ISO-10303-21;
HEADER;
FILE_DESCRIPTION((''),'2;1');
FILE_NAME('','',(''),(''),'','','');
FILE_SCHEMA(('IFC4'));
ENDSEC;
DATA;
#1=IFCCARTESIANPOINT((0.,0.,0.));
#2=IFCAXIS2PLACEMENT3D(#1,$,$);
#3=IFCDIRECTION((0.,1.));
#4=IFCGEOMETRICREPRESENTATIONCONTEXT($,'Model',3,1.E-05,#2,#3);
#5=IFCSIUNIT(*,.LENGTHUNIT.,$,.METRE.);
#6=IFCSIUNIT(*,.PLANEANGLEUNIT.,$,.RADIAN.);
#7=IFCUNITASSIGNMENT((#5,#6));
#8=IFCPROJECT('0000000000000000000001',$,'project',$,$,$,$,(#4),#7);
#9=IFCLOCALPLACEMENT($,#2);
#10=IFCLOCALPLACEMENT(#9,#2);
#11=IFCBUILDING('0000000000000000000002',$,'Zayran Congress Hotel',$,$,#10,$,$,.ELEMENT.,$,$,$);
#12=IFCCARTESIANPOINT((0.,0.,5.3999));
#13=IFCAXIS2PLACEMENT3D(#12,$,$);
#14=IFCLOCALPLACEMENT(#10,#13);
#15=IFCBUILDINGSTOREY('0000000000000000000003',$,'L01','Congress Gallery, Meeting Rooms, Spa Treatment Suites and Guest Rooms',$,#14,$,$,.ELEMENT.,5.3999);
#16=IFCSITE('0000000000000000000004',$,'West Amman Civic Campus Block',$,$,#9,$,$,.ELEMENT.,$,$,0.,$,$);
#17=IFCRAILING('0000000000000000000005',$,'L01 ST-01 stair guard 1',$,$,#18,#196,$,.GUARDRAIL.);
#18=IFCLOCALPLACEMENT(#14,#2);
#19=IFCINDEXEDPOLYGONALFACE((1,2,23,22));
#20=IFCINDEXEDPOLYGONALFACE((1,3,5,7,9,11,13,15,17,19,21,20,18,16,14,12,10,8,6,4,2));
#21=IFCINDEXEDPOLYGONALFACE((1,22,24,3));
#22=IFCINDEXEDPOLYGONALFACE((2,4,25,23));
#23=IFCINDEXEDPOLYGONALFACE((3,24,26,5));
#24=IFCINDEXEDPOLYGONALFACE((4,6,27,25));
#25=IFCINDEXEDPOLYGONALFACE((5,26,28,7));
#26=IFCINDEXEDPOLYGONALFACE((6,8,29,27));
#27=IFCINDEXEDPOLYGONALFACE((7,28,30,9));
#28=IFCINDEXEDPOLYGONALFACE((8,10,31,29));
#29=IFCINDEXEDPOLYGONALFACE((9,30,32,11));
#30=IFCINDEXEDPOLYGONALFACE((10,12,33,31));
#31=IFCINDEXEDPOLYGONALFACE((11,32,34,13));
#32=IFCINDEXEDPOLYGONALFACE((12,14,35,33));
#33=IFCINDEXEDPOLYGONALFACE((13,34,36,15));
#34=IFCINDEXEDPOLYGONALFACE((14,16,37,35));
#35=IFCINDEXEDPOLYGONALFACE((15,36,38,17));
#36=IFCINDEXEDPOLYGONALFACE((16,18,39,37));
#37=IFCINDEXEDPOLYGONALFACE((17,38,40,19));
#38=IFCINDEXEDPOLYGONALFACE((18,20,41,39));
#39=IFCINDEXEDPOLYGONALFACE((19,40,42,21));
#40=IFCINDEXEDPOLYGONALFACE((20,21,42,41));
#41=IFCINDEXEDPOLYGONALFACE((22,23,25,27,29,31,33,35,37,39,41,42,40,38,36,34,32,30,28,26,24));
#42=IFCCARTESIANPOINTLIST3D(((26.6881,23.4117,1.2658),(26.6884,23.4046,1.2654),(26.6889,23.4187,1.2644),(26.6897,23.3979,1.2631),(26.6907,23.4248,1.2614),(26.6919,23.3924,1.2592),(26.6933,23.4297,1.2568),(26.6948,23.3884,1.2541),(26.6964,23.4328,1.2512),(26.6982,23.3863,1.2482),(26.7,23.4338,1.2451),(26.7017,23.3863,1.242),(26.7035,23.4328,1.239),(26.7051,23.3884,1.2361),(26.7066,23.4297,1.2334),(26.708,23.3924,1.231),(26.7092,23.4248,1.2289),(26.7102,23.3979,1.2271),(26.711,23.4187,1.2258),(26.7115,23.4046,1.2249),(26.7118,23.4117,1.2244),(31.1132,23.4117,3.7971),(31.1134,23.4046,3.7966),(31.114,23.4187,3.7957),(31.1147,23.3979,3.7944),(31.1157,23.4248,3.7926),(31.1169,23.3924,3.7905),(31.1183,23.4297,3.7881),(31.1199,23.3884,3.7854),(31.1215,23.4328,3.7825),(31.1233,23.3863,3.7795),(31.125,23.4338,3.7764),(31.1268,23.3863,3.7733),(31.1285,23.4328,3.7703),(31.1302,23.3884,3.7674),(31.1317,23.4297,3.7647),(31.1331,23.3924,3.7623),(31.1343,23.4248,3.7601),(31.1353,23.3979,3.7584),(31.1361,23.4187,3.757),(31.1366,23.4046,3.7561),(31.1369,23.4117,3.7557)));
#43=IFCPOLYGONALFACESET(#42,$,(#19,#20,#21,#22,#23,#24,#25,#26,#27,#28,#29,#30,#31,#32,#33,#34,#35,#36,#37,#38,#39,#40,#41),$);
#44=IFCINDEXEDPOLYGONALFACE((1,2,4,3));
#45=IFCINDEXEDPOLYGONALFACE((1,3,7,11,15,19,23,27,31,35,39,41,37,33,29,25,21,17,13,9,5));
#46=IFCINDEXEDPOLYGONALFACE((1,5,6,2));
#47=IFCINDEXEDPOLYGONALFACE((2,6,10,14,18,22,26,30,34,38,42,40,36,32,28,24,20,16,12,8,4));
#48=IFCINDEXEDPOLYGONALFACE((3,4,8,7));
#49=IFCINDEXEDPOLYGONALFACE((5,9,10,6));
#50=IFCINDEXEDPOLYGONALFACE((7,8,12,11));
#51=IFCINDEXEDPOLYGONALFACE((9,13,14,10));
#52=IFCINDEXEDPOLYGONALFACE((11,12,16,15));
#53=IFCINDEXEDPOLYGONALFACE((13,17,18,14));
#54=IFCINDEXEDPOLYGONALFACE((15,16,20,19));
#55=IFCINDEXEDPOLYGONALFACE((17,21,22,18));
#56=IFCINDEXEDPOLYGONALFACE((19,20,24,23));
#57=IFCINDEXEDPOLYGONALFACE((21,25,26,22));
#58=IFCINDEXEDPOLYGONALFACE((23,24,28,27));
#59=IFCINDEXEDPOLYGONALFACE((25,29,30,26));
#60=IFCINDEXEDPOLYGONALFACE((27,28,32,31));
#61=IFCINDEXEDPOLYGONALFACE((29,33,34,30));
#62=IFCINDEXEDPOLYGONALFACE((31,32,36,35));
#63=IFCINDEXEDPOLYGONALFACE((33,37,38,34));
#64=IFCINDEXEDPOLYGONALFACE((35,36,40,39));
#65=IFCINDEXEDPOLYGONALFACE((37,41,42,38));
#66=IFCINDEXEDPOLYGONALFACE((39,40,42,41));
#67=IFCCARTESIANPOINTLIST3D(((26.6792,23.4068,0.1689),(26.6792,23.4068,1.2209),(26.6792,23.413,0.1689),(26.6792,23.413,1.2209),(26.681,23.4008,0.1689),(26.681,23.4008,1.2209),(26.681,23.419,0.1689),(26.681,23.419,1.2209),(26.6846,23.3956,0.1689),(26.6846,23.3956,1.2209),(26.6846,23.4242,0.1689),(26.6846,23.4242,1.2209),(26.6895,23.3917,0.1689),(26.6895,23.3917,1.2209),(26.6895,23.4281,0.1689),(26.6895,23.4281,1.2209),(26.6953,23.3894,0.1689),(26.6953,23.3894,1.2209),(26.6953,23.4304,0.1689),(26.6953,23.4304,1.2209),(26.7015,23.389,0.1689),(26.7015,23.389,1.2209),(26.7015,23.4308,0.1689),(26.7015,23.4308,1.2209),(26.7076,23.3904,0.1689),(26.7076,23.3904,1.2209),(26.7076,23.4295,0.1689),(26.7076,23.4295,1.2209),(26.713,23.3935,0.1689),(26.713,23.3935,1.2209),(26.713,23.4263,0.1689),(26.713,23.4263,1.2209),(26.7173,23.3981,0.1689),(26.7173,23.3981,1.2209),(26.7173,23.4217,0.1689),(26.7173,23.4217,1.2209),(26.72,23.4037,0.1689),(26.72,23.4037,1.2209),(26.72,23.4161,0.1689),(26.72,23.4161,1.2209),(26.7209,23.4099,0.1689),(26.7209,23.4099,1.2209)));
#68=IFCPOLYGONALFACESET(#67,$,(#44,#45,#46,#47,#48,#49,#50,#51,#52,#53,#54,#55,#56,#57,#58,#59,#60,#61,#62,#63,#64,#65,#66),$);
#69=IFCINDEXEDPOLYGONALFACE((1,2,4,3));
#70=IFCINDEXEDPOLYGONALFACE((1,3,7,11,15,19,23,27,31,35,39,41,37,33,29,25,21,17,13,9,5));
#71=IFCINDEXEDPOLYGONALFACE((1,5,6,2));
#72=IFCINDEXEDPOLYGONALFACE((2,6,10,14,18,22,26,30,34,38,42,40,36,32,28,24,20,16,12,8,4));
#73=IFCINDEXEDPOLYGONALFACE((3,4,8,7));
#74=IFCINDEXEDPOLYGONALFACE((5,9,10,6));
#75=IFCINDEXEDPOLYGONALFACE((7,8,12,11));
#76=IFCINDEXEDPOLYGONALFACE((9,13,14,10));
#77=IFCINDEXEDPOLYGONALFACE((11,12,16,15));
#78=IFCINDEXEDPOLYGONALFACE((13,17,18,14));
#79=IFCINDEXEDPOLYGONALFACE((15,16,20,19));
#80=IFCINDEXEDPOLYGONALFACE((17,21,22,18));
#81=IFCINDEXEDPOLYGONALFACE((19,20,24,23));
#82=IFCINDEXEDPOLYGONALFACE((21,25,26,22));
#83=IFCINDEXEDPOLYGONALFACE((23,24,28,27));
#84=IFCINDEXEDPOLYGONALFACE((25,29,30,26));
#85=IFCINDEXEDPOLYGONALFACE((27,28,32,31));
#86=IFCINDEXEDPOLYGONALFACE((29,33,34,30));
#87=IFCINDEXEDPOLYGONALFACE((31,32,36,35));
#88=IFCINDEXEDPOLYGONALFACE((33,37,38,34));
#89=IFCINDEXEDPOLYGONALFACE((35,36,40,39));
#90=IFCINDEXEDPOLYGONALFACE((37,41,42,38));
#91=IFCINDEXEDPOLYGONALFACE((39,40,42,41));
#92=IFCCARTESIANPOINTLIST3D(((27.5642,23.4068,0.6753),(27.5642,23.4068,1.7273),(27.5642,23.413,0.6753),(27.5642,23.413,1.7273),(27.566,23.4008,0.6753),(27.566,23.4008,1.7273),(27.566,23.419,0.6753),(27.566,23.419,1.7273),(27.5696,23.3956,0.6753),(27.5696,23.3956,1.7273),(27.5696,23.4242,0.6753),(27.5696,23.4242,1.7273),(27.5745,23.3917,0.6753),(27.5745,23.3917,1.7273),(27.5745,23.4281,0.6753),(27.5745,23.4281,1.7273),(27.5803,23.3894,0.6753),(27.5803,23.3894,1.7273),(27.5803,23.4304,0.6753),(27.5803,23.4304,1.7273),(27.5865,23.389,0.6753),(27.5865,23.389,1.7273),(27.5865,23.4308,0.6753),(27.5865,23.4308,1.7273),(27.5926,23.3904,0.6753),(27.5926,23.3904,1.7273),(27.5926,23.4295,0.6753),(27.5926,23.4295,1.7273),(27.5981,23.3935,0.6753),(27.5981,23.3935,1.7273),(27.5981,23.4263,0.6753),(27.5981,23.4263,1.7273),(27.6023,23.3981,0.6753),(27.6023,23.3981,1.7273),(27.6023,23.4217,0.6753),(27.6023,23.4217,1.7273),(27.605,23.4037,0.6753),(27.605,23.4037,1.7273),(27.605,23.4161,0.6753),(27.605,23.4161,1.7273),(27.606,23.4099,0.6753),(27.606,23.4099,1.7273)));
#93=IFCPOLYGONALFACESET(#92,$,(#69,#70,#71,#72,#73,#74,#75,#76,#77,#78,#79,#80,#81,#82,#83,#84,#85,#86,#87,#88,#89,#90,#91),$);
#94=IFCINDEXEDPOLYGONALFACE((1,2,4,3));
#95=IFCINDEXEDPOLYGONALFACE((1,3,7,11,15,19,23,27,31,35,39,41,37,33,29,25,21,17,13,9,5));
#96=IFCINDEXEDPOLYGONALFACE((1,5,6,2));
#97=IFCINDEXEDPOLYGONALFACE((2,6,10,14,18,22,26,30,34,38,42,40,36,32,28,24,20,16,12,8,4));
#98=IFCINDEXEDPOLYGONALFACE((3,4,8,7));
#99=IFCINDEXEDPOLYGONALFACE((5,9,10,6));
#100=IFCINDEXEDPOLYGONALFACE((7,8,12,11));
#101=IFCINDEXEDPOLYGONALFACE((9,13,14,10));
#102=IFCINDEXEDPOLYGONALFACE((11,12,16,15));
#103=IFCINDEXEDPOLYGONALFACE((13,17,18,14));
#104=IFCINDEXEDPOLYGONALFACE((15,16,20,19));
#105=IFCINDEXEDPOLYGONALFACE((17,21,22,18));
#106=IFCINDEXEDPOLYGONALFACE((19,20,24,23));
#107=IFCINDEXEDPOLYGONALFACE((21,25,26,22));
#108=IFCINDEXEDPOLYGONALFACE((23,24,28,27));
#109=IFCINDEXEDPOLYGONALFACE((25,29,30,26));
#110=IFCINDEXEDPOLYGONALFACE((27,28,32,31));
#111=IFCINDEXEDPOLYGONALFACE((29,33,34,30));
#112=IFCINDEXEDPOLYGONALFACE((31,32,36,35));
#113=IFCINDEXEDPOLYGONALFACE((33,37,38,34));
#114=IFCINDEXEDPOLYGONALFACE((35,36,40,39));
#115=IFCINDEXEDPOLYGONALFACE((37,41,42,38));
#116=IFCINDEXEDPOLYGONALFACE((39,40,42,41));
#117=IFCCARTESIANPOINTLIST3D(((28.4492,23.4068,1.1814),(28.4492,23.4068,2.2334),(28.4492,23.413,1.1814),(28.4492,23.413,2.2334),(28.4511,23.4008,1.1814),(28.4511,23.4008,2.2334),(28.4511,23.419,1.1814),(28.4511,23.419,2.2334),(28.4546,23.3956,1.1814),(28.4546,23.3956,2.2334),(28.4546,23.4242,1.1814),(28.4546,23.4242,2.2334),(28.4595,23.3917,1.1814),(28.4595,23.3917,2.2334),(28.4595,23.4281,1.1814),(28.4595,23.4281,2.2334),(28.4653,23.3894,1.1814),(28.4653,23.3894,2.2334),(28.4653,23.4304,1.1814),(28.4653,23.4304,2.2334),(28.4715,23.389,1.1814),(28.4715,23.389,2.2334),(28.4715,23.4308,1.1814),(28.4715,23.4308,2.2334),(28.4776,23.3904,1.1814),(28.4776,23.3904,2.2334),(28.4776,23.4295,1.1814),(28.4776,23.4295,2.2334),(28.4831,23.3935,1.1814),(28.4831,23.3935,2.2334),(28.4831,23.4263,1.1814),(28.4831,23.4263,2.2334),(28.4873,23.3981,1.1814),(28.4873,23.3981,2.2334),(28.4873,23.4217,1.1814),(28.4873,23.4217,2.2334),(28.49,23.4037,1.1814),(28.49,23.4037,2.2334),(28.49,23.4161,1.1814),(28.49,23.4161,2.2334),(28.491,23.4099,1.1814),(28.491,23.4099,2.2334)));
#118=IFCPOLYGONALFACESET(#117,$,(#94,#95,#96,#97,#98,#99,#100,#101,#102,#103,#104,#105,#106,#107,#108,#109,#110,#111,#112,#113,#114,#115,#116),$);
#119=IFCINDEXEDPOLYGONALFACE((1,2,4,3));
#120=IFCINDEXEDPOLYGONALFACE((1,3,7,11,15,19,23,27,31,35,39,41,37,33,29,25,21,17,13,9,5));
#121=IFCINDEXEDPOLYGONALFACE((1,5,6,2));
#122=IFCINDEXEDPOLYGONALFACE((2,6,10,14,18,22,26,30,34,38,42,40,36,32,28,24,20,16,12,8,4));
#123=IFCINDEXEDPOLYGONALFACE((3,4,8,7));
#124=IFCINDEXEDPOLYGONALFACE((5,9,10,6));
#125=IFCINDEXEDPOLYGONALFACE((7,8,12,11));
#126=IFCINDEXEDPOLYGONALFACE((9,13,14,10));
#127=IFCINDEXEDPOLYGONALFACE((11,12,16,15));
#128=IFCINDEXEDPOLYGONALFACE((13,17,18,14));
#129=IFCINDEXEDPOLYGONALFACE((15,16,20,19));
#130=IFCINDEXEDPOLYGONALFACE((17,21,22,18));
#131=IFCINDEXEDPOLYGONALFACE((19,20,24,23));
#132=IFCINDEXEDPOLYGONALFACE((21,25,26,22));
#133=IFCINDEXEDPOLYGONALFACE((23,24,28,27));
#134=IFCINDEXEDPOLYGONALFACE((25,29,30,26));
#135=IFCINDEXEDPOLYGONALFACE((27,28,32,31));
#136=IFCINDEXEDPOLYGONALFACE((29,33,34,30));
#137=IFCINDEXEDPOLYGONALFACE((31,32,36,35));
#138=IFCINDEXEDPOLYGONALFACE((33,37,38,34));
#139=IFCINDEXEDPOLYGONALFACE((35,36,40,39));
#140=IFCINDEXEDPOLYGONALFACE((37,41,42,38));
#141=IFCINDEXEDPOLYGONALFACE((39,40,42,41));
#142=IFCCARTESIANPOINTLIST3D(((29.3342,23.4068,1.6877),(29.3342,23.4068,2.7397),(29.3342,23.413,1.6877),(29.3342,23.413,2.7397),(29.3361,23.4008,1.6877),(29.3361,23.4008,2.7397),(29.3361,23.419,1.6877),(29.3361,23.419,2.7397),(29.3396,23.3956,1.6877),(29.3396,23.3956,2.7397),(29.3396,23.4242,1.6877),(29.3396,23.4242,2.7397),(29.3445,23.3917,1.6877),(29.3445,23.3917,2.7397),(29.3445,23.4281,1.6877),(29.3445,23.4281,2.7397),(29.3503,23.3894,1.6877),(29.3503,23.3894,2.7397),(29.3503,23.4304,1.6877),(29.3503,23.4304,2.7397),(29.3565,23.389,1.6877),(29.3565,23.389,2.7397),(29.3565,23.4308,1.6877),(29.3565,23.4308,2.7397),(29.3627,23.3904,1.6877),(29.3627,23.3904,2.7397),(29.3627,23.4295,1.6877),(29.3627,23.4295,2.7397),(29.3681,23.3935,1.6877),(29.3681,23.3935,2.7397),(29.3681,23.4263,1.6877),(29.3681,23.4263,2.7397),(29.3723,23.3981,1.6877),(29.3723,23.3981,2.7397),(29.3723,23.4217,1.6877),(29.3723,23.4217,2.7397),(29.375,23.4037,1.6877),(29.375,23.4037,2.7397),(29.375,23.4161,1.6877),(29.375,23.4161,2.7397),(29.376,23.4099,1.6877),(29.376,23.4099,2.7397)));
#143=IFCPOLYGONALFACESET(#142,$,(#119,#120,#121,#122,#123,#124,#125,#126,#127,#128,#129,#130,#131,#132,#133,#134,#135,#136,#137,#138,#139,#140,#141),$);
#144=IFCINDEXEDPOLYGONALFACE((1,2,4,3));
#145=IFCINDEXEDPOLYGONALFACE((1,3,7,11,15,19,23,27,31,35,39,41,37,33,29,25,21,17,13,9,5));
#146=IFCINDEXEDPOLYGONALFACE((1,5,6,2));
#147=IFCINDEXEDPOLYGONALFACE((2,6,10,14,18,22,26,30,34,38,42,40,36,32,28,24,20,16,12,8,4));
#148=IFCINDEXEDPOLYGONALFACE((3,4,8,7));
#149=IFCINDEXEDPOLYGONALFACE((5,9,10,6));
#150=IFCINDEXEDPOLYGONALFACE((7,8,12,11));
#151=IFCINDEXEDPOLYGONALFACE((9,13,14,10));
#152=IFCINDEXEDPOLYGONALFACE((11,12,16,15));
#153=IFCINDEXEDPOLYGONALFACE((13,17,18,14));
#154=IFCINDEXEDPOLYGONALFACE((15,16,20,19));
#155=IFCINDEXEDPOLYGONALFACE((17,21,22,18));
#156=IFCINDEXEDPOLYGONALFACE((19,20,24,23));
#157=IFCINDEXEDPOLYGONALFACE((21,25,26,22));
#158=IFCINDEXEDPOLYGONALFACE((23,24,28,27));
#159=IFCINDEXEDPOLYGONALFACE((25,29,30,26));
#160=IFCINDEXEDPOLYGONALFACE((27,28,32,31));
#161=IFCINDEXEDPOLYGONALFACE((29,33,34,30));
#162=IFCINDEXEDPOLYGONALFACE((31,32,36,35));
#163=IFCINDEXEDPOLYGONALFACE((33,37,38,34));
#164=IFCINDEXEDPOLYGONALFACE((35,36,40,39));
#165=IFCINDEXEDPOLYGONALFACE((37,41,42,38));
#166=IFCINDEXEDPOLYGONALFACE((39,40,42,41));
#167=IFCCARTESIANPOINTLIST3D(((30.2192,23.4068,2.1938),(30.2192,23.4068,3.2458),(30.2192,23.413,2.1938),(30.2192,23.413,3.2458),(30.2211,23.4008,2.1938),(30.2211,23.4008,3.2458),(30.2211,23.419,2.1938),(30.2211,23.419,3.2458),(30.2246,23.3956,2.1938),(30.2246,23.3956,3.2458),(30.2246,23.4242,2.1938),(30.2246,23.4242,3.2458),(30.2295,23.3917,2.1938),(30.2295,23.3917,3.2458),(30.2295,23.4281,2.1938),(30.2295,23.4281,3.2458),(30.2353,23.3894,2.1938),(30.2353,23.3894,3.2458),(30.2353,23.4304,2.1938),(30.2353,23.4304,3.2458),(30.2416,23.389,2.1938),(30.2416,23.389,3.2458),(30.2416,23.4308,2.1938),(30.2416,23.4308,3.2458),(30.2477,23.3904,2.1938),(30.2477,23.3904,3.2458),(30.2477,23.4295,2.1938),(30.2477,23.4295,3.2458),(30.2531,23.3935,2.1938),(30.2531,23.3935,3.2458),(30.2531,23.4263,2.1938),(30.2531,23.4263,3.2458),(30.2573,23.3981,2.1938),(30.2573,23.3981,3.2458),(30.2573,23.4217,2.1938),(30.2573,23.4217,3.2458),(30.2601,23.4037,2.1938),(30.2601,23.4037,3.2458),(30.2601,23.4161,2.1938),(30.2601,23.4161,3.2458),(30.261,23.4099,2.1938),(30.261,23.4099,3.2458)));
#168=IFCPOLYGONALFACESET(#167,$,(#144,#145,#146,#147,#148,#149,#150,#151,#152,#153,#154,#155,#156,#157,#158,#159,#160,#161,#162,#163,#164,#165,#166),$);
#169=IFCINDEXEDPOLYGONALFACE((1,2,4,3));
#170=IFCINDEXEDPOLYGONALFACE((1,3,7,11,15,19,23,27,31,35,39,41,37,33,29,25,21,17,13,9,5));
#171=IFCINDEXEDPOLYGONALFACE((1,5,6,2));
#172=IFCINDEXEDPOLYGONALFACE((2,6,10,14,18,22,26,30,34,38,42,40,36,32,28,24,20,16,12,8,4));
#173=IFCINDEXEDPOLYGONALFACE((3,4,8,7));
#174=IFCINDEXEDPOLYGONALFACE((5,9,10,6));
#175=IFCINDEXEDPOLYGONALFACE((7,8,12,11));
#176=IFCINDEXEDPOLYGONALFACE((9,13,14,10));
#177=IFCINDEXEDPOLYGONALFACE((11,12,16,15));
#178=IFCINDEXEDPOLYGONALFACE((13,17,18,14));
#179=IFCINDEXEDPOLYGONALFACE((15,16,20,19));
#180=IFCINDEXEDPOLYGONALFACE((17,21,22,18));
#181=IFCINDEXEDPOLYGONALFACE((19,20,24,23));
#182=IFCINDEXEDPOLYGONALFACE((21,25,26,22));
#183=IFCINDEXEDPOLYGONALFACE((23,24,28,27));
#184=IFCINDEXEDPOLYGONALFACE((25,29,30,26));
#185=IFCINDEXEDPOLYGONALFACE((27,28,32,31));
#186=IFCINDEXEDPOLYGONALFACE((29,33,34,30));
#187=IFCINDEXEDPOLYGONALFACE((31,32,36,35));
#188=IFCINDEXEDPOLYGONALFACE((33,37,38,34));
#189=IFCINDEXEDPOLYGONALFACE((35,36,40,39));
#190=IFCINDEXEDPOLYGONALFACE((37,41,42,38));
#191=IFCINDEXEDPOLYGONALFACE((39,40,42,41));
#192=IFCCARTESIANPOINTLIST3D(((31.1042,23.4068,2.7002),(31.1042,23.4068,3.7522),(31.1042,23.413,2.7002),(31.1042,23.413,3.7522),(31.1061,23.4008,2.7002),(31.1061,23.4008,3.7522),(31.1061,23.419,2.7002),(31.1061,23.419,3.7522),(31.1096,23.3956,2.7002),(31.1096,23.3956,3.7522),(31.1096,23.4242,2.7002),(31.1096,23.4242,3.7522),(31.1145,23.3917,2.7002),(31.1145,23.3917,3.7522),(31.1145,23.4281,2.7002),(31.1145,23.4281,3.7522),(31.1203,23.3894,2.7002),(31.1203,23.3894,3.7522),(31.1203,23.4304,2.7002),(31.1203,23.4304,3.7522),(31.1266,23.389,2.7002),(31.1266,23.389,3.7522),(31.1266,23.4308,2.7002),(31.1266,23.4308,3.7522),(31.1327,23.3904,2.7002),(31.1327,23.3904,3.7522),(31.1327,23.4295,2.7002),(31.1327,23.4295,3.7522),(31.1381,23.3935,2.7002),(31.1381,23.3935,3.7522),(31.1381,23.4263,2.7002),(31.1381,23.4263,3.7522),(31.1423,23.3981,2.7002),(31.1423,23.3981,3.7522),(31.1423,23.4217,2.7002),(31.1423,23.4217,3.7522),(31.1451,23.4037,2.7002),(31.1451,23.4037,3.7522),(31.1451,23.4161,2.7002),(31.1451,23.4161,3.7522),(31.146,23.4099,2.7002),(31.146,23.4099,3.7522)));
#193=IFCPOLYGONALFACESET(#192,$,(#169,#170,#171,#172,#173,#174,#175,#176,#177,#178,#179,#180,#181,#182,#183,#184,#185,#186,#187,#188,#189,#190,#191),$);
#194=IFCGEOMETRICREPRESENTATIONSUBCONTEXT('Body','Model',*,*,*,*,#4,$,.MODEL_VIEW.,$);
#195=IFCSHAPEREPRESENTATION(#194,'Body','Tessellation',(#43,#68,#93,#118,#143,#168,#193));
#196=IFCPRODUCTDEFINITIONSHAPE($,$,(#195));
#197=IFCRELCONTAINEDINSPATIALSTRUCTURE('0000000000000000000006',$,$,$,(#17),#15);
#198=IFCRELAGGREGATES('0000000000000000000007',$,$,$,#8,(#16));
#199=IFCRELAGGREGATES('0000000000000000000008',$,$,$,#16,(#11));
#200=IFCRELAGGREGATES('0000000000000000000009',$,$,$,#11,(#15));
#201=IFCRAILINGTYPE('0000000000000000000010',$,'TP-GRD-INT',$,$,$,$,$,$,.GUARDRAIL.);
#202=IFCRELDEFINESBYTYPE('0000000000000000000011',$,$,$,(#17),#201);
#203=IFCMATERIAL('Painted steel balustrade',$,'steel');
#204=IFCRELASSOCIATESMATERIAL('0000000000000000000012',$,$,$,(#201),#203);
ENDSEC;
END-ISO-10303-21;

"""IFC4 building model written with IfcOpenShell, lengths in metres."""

from ifc_helpers import new_model, si_unit, direction, frame, origin, origin_2d, place, context, subcontext, project, spatial, circle, extrude, material, type_object, element, save


model = new_model("IFC4")

# Units and contexts
model_context = context("Model", 3, precision=1e-05, world=origin(), true_north=direction((0.0, 1.0)))
body_context = subcontext(model_context, "Body", "Model", "MODEL_VIEW")
ifc_project = project(units=[si_unit("LENGTHUNIT", "METRE"), si_unit("PLANEANGLEUNIT", "RADIAN")], contexts=[model_context])

# Site, building, storey
site_placement = place(None, origin())
site = spatial("IfcSite", under=ifc_project, at=site_placement, Name="West Amman Civic Campus Block", CompositionType="ELEMENT", RefElevation=0.0)
building_placement = place(site_placement, origin())
building = spatial("IfcBuilding", under=site, at=building_placement, Name="Zayran Congress Hotel", CompositionType="ELEMENT")
storey_placement = place(building_placement, frame((0.0, 0.0, 5.3999)))
storey = spatial("IfcBuildingStorey", under=building, at=storey_placement, Name="L01", Description="Congress Gallery, Meeting Rooms, Spa Treatment Suites and Guest Rooms", CompositionType="ELEMENT", Elevation=5.3999)

# Railing
ifc_material_1 = material(Name="Painted steel balustrade", Category="steel")
railing_type_1 = type_object("IfcRailingType", Name="TP-GRD-INT", PredefinedType="GUARDRAIL", material=ifc_material_1)
railing_1_placement = place(storey_placement, frame((26.7, 23.4099, 0.1689)))
element("IfcRailing", 1, at=railing_1_placement, inside=storey, type_object=railing_type_1, Name="L01 ST-01 stair guard 1", PredefinedType="GUARDRAIL", context=body_context, shape_type="SweptSolid", body=[
    extrude(circle(Radius=0.0239, at=origin_2d()), frame((0.0, 0.0, 1.0762), z_axis=(0.868019, 0.0, 0.496531), x_axis=(0.0, 1.0, 0.0)), (0.0, 0.0, 1.0), 5.0979),
    extrude(circle(Radius=0.021, at=origin_2d()), origin(), (0.0, 0.0, 1.0), 1.052),
    extrude(circle(Radius=0.021, at=origin_2d()), frame((0.885, 0.0, 0.5063)), (0.0, 0.0, 1.0), 1.052),
    extrude(circle(Radius=0.021, at=origin_2d()), frame((1.77, 0.0, 1.0125)), (0.0, 0.0, 1.0), 1.052),
    extrude(circle(Radius=0.021, at=origin_2d()), frame((2.655, 0.0, 1.5188)), (0.0, 0.0, 1.0), 1.052),
    extrude(circle(Radius=0.021, at=origin_2d()), frame((3.54, 0.0, 2.0249)), (0.0, 0.0, 1.0), 1.052),
    extrude(circle(Radius=0.021, at=origin_2d()), frame((4.425, 0.0, 2.5312)), (0.0, 0.0, 1.0), 1.052),
])

save(model, "model.ifc")
